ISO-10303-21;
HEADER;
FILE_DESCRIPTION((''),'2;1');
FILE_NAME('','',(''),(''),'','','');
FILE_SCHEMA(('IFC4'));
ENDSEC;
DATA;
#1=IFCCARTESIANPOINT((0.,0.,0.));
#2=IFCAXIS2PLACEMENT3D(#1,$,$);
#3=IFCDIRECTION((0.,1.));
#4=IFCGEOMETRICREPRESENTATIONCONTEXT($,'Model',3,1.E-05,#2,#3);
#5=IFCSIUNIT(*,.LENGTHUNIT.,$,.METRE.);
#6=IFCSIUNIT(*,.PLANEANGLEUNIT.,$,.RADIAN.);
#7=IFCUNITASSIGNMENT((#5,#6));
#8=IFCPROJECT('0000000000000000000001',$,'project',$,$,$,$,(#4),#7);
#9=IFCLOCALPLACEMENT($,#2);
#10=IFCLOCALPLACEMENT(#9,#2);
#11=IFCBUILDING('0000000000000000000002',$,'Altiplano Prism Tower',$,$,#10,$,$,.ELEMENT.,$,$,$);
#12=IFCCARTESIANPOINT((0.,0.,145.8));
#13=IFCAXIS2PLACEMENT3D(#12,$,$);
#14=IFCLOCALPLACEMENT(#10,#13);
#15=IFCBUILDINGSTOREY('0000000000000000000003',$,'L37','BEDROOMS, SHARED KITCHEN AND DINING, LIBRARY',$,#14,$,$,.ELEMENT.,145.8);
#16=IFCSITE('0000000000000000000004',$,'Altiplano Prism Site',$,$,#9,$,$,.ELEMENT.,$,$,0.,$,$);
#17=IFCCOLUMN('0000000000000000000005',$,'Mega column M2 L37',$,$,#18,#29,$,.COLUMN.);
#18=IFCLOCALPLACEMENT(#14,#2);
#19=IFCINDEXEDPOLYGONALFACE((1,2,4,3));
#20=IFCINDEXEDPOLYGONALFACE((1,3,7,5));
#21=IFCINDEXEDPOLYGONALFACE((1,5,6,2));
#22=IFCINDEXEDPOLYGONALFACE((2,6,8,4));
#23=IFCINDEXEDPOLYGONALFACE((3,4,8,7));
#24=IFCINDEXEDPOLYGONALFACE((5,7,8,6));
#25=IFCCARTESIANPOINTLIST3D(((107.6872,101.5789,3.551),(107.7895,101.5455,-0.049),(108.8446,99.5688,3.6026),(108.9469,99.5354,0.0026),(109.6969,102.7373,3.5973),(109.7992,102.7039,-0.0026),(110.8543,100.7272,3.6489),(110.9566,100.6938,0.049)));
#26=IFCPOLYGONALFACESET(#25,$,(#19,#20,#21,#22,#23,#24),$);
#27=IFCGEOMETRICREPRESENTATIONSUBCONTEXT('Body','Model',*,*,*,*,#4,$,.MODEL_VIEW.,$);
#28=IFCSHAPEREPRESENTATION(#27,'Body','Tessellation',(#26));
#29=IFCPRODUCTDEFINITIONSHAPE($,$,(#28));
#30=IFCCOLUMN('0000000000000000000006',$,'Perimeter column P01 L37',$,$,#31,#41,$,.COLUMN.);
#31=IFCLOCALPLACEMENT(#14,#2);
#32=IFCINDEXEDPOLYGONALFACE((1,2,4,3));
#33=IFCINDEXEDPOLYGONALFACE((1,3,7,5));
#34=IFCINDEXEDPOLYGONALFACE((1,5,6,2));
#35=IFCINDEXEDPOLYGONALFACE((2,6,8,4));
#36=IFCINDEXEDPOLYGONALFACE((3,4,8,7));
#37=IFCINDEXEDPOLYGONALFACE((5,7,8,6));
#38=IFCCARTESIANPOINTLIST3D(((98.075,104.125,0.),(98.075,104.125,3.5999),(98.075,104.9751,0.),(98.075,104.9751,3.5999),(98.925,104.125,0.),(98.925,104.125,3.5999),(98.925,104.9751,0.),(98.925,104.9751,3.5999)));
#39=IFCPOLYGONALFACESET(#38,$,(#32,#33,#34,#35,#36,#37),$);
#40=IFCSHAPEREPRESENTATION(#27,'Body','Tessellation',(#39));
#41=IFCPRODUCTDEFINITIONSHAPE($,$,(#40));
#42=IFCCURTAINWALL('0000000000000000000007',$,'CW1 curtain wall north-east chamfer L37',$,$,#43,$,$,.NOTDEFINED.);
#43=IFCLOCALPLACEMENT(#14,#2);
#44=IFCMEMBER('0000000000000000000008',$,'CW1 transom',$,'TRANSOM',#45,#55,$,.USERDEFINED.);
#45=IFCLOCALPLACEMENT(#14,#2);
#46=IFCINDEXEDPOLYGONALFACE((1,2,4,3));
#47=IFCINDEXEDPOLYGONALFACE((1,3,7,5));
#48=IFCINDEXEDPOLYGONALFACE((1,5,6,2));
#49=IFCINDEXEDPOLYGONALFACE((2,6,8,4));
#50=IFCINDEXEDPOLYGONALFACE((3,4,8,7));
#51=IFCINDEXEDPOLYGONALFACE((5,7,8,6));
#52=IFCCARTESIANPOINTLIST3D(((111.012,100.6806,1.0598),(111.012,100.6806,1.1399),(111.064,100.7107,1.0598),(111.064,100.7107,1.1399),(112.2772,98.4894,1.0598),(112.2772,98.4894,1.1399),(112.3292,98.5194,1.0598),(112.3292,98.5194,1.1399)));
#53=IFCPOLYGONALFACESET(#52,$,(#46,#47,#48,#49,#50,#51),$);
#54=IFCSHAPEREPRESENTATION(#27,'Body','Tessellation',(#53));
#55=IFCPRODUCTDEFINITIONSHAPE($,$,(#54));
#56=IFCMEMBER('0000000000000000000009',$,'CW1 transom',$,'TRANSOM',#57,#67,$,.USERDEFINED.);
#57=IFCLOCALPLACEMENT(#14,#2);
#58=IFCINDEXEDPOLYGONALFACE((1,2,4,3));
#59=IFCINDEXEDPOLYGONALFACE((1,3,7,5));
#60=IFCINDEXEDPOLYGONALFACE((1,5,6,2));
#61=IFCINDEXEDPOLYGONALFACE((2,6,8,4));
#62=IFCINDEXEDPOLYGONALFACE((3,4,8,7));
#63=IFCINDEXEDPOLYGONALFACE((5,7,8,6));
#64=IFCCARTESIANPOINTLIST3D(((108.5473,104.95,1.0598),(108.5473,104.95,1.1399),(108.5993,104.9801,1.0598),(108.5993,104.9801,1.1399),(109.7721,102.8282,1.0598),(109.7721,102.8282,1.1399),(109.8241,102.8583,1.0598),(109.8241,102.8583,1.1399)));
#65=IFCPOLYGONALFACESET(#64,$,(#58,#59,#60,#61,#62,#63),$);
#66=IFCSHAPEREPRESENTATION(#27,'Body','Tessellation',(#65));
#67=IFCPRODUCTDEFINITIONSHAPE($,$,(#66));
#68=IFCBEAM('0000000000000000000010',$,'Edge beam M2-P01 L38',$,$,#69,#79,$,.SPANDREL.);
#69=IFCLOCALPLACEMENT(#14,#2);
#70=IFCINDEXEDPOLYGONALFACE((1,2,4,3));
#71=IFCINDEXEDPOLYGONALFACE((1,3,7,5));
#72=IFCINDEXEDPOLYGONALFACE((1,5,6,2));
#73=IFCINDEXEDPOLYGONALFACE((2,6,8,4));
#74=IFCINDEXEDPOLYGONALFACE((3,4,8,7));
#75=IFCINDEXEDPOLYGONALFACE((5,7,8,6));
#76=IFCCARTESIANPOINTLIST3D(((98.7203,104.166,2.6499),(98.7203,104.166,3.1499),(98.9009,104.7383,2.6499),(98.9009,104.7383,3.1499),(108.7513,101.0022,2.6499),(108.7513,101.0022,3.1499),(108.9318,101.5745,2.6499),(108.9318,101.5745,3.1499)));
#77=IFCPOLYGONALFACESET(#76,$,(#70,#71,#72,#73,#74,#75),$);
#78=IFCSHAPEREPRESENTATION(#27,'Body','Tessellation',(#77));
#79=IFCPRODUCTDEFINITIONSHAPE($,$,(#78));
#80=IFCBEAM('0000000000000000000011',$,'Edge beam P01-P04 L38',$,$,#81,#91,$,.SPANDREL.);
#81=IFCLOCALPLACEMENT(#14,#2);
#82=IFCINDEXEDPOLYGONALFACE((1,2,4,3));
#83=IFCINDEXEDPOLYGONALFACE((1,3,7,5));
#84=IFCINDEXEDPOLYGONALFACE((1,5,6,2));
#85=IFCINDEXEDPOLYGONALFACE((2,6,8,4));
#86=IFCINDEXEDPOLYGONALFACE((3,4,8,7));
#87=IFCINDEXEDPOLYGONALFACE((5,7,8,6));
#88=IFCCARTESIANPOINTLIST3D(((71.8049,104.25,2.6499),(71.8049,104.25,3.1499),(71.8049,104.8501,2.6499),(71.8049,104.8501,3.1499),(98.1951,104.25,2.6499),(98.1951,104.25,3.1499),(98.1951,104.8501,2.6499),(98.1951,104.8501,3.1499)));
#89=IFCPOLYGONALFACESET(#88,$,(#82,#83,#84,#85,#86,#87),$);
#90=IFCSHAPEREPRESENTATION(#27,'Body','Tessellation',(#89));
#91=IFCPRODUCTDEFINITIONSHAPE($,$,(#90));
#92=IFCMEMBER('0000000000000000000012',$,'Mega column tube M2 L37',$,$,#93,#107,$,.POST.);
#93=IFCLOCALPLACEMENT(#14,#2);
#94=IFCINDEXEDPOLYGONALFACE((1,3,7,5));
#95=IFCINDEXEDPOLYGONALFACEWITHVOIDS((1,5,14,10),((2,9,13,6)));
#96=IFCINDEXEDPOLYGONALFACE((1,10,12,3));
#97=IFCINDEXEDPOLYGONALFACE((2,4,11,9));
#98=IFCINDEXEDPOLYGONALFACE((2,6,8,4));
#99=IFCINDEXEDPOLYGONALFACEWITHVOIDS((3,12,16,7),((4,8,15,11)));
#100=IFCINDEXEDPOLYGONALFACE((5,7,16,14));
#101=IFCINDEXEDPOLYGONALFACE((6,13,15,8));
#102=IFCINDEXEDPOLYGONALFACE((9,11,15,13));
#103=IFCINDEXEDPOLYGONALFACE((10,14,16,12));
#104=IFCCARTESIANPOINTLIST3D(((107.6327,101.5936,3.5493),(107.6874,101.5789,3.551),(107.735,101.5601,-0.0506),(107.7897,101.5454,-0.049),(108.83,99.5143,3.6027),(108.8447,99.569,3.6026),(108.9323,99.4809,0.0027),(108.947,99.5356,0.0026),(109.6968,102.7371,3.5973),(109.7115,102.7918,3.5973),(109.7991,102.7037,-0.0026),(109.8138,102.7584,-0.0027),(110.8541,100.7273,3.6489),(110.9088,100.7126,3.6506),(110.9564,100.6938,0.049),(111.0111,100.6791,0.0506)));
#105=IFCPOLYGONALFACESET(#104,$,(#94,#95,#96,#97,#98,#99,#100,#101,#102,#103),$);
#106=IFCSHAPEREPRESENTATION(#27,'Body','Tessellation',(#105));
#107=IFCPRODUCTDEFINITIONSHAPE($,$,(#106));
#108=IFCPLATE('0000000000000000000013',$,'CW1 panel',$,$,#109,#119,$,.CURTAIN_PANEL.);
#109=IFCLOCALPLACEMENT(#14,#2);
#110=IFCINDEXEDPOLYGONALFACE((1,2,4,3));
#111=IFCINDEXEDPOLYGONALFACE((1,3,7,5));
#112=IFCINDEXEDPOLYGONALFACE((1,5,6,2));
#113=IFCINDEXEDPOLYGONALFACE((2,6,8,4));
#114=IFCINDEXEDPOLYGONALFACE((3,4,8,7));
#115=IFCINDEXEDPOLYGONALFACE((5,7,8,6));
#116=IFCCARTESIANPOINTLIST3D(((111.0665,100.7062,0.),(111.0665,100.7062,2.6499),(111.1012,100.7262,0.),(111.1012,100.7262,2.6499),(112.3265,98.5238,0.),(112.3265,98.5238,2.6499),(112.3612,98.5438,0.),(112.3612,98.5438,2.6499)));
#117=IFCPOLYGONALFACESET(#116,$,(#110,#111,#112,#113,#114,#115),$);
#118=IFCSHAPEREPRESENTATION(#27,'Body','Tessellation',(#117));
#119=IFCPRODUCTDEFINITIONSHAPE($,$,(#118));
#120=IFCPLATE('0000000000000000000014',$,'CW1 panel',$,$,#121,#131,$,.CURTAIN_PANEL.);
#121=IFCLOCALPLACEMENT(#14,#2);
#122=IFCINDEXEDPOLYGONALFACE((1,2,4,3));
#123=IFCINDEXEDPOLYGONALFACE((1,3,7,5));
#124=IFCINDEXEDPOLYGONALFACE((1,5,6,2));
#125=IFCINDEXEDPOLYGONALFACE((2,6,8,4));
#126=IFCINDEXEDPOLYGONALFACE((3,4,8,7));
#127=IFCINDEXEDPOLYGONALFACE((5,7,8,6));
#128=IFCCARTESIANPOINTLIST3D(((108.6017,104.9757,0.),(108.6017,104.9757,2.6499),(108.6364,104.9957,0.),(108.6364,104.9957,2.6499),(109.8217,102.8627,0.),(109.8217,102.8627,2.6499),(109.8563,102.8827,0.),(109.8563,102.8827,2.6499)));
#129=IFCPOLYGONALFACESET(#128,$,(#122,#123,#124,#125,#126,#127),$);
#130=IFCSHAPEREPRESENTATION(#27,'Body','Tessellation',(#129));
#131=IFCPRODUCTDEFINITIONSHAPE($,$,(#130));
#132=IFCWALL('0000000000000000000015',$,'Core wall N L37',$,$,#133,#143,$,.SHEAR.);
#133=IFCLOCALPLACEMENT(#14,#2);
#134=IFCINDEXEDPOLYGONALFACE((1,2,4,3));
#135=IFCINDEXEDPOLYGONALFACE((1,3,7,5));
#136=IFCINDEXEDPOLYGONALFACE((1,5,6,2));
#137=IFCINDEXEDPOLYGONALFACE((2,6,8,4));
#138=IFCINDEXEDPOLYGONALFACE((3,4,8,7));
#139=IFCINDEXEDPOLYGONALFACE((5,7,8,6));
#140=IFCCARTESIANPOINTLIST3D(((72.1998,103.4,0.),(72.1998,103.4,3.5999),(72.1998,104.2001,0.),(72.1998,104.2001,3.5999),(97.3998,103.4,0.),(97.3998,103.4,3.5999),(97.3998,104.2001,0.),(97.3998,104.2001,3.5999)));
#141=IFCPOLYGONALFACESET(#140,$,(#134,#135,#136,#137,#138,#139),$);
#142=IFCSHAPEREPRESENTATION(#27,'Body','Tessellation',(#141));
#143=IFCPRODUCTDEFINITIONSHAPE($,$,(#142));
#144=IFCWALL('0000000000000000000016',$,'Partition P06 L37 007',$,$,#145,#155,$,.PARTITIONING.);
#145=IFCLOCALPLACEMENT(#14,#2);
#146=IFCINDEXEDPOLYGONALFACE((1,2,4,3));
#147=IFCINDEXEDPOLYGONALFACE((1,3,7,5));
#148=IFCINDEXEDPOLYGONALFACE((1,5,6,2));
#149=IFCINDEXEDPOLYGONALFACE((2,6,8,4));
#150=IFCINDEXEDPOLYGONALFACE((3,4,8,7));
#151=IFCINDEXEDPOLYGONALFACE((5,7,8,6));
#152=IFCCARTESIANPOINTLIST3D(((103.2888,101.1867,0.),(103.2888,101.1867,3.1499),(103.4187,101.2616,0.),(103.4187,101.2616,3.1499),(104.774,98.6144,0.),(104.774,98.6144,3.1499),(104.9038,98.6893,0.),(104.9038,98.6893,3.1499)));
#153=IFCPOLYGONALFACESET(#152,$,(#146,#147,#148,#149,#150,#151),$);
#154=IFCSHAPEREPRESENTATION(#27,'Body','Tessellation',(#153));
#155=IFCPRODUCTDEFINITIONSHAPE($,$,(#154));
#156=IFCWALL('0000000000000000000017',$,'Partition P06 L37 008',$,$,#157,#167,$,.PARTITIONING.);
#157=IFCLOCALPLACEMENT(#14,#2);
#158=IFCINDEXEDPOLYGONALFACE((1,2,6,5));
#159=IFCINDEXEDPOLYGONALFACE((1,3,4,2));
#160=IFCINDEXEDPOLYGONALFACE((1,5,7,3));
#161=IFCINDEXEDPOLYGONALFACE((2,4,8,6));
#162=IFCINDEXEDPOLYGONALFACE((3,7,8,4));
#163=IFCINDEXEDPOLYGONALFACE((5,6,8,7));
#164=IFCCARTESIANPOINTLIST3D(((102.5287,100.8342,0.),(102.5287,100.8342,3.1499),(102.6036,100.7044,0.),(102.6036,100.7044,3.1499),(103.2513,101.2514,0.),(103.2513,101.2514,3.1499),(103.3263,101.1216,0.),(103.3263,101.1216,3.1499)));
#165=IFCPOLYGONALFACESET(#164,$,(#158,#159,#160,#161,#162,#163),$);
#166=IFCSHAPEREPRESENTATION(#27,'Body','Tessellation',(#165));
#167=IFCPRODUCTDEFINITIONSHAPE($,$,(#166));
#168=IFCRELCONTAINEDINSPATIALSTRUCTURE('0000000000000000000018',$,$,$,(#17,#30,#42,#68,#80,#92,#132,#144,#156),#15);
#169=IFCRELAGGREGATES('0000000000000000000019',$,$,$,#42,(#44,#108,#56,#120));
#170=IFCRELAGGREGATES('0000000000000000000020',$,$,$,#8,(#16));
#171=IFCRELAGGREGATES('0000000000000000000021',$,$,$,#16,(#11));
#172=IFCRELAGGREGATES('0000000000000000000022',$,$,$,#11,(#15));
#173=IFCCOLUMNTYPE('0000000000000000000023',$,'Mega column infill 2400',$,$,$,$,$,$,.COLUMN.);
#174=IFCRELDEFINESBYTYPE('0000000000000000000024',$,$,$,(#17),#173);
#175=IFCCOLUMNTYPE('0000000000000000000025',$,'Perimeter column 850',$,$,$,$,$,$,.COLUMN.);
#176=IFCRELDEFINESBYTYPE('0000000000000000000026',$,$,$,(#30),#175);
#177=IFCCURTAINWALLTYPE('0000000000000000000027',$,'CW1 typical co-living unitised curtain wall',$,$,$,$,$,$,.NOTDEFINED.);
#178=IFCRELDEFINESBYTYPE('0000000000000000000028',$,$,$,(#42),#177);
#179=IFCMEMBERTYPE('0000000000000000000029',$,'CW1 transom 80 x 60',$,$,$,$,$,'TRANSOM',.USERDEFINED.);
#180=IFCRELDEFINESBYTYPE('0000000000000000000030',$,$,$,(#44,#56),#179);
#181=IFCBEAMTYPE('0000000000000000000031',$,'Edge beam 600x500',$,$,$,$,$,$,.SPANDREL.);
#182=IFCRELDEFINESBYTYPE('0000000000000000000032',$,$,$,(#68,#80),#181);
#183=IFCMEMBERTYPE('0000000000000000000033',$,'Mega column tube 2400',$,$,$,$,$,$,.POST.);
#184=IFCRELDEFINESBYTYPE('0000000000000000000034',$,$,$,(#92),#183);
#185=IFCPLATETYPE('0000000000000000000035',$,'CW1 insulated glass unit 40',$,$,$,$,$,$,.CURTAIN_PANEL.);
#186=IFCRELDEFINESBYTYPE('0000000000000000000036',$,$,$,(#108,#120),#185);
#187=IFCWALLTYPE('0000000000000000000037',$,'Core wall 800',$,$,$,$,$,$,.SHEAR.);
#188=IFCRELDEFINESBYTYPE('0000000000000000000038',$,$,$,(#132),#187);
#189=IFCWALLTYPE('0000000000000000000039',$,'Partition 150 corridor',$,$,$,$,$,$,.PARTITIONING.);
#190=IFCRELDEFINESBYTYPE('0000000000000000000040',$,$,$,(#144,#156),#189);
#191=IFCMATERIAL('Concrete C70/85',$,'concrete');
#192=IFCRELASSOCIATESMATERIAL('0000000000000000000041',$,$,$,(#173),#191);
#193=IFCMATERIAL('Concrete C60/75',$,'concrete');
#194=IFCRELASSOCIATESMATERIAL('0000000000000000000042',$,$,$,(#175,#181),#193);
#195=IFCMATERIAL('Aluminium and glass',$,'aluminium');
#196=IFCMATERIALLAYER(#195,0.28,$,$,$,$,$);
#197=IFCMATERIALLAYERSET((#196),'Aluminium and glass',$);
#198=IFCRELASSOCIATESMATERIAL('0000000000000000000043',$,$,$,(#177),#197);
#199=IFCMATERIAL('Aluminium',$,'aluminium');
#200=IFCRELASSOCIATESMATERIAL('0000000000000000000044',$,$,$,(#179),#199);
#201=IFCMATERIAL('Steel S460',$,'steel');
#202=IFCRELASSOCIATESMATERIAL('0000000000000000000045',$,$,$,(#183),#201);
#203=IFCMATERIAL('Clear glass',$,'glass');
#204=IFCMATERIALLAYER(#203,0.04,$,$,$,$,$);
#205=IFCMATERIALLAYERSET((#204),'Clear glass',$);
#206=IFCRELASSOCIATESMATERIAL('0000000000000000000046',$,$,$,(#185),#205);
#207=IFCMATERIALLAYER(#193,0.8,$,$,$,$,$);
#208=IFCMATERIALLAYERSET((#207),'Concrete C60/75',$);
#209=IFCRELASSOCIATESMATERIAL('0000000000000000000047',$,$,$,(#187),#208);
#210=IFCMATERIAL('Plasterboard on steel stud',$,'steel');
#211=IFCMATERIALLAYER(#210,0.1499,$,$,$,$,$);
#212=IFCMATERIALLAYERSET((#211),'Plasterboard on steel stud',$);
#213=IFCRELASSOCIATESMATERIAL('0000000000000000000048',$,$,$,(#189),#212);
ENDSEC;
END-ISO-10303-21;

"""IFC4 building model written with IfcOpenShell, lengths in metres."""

from ifc_helpers import new_model, si_unit, direction, frame, frame_2d, origin, origin_2d, place, context, subcontext, project, spatial, rectangle, hollow_rectangle, extrude, material, layer, layer_set, material_profile, profile_set, type_object, element, aggregate, save


model = new_model("IFC4")

# Units and contexts
model_context = context("Model", 3, precision=1e-05, world=origin(), true_north=direction((0.0, 1.0)))
body_context = subcontext(model_context, "Body", "Model", "MODEL_VIEW")
ifc_project = project(units=[si_unit("LENGTHUNIT", "METRE"), si_unit("PLANEANGLEUNIT", "RADIAN")], contexts=[model_context])

# Site, building, storey
site_placement = place(None, origin())
site = spatial("IfcSite", under=ifc_project, at=site_placement, Name="Altiplano Prism Site", CompositionType="ELEMENT", RefElevation=0.0)
building_placement = place(site_placement, origin())
building = spatial("IfcBuilding", under=site, at=building_placement, Name="Altiplano Prism Tower", CompositionType="ELEMENT")
storey_placement = place(building_placement, frame((0.0, 0.0, 145.8)))
storey = spatial("IfcBuildingStorey", under=building, at=storey_placement, Name="L37", Description="BEDROOMS, SHARED KITCHEN AND DINING, LIBRARY", CompositionType="ELEMENT", Elevation=145.8)

# Columns
ifc_material_1 = material(Name="Concrete C70/85", Category="concrete")
ifc_material_profile_1 = material_profile(ifc_material_1, rectangle(XDim=2.3201, YDim=2.3201, at=origin_2d()), Name="Mega column infill 2400")
ifc_profile_set_1 = profile_set([ifc_material_profile_1], Name="Concrete C70/85")
column_type_1 = type_object("IfcColumnType", Name="Mega column infill 2400", PredefinedType="COLUMN", material=ifc_profile_set_1)
column_1_placement = place(storey_placement, frame((109.373, 101.1196, 0.0), z_axis=(-0.028404, 0.009287, 0.999553), x_axis=(0.498884, -0.866384, 0.022226)))
element("IfcColumn", 1, at=column_1_placement, inside=storey, type_object=column_type_1, Name="Mega column M2 L37", PredefinedType="COLUMN", context=body_context, shape_type="SweptSolid", body=[
    extrude(rectangle(XDim=2.3201, YDim=2.3201, at=origin_2d()), origin(), (0.0, 0.0, 1.0), 3.6016),
])
ifc_material_2 = material(Name="Concrete C60/75", Category="concrete")
ifc_material_profile_2 = material_profile(ifc_material_2, rectangle(XDim=0.8501, YDim=0.8501, at=origin_2d()), Name="Perimeter column 850")
ifc_profile_set_2 = profile_set([ifc_material_profile_2], Name="Concrete C60/75")
column_type_2 = type_object("IfcColumnType", Name="Perimeter column 850", PredefinedType="COLUMN", material=ifc_profile_set_2)
column_2_placement = place(storey_placement, frame((98.5, 104.55, 0.0), z_axis=(0.0, 0.0, 1.0), x_axis=(1.0, 0.0, 0.0)))
element("IfcColumn", 2, at=column_2_placement, inside=storey, type_object=column_type_2, Name="Perimeter column P01 L37", PredefinedType="COLUMN", context=body_context, shape_type="SweptSolid", body=[
    extrude(rectangle(XDim=0.8501, YDim=0.8501, at=origin_2d()), origin(), (0.0, 0.0, 1.0), 3.5999),
])

# Curtain wall, members
ifc_material_3 = material(Name="Aluminium and glass", Category="aluminium")
ifc_layer_1 = layer(ifc_material_3, 0.28)
ifc_layer_set_1 = layer_set([ifc_layer_1], Name="Aluminium and glass")
curtain_wall_type = type_object("IfcCurtainWallType", Name="CW1 typical co-living unitised curtain wall", PredefinedType="NOTDEFINED", material=ifc_layer_set_1)
curtain_wall_placement = place(storey_placement, origin())
curtain_wall = element("IfcCurtainWall", 3, at=curtain_wall_placement, inside=storey, type_object=curtain_wall_type, Name="CW1 curtain wall north-east chamfer L37", PredefinedType="NOTDEFINED")
ifc_material_4 = material(Name="Aluminium", Category="aluminium")
ifc_material_profile_3 = material_profile(ifc_material_4, rectangle(XDim=0.0601, YDim=0.0801, at=origin_2d()), Name="CW1 transom 80 x 60")
ifc_profile_set_3 = profile_set([ifc_material_profile_3], Name="Aluminium")
member_type_1 = type_object("IfcMemberType", Name="CW1 transom 80 x 60", ElementType="TRANSOM", PredefinedType="USERDEFINED", material=ifc_profile_set_3)
member_1_placement = place(storey_placement, frame((112.3032, 98.5044, 1.0999), z_axis=(-0.50002, 0.866014, 0.0), x_axis=(-0.866014, -0.50002, 0.0)))
member_1 = element("IfcMember", 4, at=member_1_placement, type_object=member_type_1, Name="CW1 transom", ObjectType="TRANSOM", PredefinedType="USERDEFINED", context=body_context, shape_type="SweptSolid", body=[
    extrude(rectangle(XDim=0.0601, YDim=0.0801, at=origin_2d()), origin(), (0.0, 0.0, 1.0), 2.5303),
])
member_2_placement = place(storey_placement, frame((109.7981, 102.8433, 1.0999), z_axis=(-0.499944, 0.866058, 0.0), x_axis=(-0.866058, -0.499944, 0.0)))
member_2 = element("IfcMember", 5, at=member_2_placement, type_object=member_type_1, Name="CW1 transom", ObjectType="TRANSOM", PredefinedType="USERDEFINED", context=body_context, shape_type="SweptSolid", body=[
    extrude(rectangle(XDim=0.0601, YDim=0.0801, at=origin_2d()), origin(), (0.0, 0.0, 1.0), 2.45),
])

# Beams
ifc_material_profile_4 = material_profile(ifc_material_2, rectangle(XDim=0.6001, YDim=0.5, at=origin_2d()), Name="Edge beam 600x500")
ifc_profile_set_4 = profile_set([ifc_material_profile_4], Name="Concrete C60/75")
beam_type = type_object("IfcBeamType", Name="Edge beam 600x500", PredefinedType="SPANDREL", material=ifc_profile_set_4)
beam_1_placement = place(storey_placement, frame((108.8416, 101.2883, 2.8999), z_axis=(-0.953688, 0.300797, 0.0), x_axis=(-0.300797, -0.953688, 0.0)))
element("IfcBeam", 6, at=beam_1_placement, inside=storey, type_object=beam_type, Name="Edge beam M2-P01 L38", PredefinedType="SPANDREL", context=body_context, shape_type="SweptSolid", body=[
    extrude(rectangle(XDim=0.6001, YDim=0.5, at=origin_2d()), origin(), (0.0, 0.0, 1.0), 10.5181),
])
beam_2_placement = place(storey_placement, frame((98.1951, 104.55, 2.8999), z_axis=(-1.0, 0.0, 0.0), x_axis=(0.0, -1.0, 0.0)))
element("IfcBeam", 7, at=beam_2_placement, inside=storey, type_object=beam_type, Name="Edge beam P01-P04 L38", PredefinedType="SPANDREL", context=body_context, shape_type="SweptSolid", body=[
    extrude(rectangle(XDim=0.6001, YDim=0.5, at=origin_2d()), origin(), (0.0, 0.0, 1.0), 26.3901),
])

# Member
ifc_material_5 = material(Name="Steel S460", Category="steel")
ifc_material_profile_5 = material_profile(ifc_material_5, hollow_rectangle(XDim=2.3999, YDim=2.3999, WallThickness=0.04, at=origin_2d()), Name="Mega column tube 2400")
ifc_profile_set_5 = profile_set([ifc_material_profile_5], Name="Steel S460")
member_type_2 = type_object("IfcMemberType", Name="Mega column tube 2400", PredefinedType="POST", material=ifc_profile_set_5)
member_3_placement = place(storey_placement, frame((109.373, 101.1196, 0.0), z_axis=(-0.028404, 0.009287, 0.999553), x_axis=(0.498884, -0.866384, 0.022226)))
element("IfcMember", 8, at=member_3_placement, inside=storey, type_object=member_type_2, Name="Mega column tube M2 L37", PredefinedType="POST", context=body_context, shape_type="SweptSolid", body=[
    extrude(hollow_rectangle(XDim=2.3999, YDim=2.3999, WallThickness=0.04, at=origin_2d()), origin(), (0.0, 0.0, 1.0), 3.6016),
])

# Plates
ifc_material_6 = material(Name="Clear glass", Category="glass")
ifc_layer_2 = layer(ifc_material_6, 0.04)
ifc_layer_set_2 = layer_set([ifc_layer_2], Name="Clear glass")
plate_type = type_object("IfcPlateType", Name="CW1 insulated glass unit 40", PredefinedType="CURTAIN_PANEL", material=ifc_layer_set_2)
plate_1_placement = place(storey_placement, frame((111.7139, 99.625, 0.0), z_axis=(0.0, 0.0, 1.0), x_axis=(-0.5, 0.866025, 0.0)))
plate_1 = element("IfcPlate", 9, at=plate_1_placement, type_object=plate_type, Name="CW1 panel", PredefinedType="CURTAIN_PANEL", context=body_context, shape_type="SweptSolid", body=[
    extrude(rectangle(XDim=2.52, YDim=0.04, at=origin_2d()), origin(), (0.0, 0.0, 1.0), 2.6499),
])
plate_2_placement = place(storey_placement, frame((109.229, 103.9292, 0.0), z_axis=(0.0, 0.0, 1.0), x_axis=(-0.5, 0.866025, 0.0)))
plate_2 = element("IfcPlate", 10, at=plate_2_placement, type_object=plate_type, Name="CW1 panel", PredefinedType="CURTAIN_PANEL", context=body_context, shape_type="SweptSolid", body=[
    extrude(rectangle(XDim=2.4399, YDim=0.04, at=origin_2d()), origin(), (0.0, 0.0, 1.0), 2.6499),
])
aggregate(curtain_wall, [member_1, plate_1, member_2, plate_2])

# Walls
ifc_layer_3 = layer(ifc_material_2, 0.8)
ifc_layer_set_3 = layer_set([ifc_layer_3], Name="Concrete C60/75")
wall_type_1 = type_object("IfcWallType", Name="Core wall 800", PredefinedType="SHEAR", material=ifc_layer_set_3)
wall_1_placement = place(storey_placement, frame((97.3999, 103.8, 0.0), z_axis=(0.0, 0.0, 1.0), x_axis=(-1.0, 0.0, 0.0)))
element("IfcWall", 11, at=wall_1_placement, inside=storey, type_object=wall_type_1, Name="Core wall N L37", PredefinedType="SHEAR", context=body_context, shape_type="SweptSolid", body=[
    extrude(rectangle(XDim=25.2, YDim=0.8, at=frame_2d((12.6001, 0.0))), origin(), (0.0, 0.0, 1.0), 3.5999),
])
ifc_material_7 = material(Name="Plasterboard on steel stud", Category="steel")
ifc_layer_4 = layer(ifc_material_7, 0.1499)
ifc_layer_set_4 = layer_set([ifc_layer_4], Name="Plasterboard on steel stud")
wall_type_2 = type_object("IfcWallType", Name="Partition 150 corridor", PredefinedType="PARTITIONING", material=ifc_layer_set_4)
wall_2_placement = place(storey_placement, frame((104.8389, 98.6519, 0.0), z_axis=(0.0, 0.0, 1.0), x_axis=(-0.500002, 0.866024, 0.0)))
element("IfcWall", 12, at=wall_2_placement, inside=storey, type_object=wall_type_2, Name="Partition P06 L37 007", PredefinedType="PARTITIONING", context=body_context, shape_type="SweptSolid", body=[
    extrude(rectangle(XDim=2.9702, YDim=0.1499, at=frame_2d((1.4851, 0.0))), origin(), (0.0, 0.0, 1.0), 3.1499),
])
wall_3_placement = place(storey_placement, frame((103.2888, 101.1865, 0.0), z_axis=(0.0, 0.0, 1.0), x_axis=(-0.86602, -0.500009, 0.0)))
element("IfcWall", 13, at=wall_3_placement, inside=storey, type_object=wall_type_2, Name="Partition P06 L37 008", PredefinedType="PARTITIONING", context=body_context, shape_type="SweptSolid", body=[
    extrude(rectangle(XDim=0.8345, YDim=0.1499, at=frame_2d((0.4172, 0.0))), origin(), (0.0, 0.0, 1.0), 3.1499),
])

save(model, "model.ifc")
